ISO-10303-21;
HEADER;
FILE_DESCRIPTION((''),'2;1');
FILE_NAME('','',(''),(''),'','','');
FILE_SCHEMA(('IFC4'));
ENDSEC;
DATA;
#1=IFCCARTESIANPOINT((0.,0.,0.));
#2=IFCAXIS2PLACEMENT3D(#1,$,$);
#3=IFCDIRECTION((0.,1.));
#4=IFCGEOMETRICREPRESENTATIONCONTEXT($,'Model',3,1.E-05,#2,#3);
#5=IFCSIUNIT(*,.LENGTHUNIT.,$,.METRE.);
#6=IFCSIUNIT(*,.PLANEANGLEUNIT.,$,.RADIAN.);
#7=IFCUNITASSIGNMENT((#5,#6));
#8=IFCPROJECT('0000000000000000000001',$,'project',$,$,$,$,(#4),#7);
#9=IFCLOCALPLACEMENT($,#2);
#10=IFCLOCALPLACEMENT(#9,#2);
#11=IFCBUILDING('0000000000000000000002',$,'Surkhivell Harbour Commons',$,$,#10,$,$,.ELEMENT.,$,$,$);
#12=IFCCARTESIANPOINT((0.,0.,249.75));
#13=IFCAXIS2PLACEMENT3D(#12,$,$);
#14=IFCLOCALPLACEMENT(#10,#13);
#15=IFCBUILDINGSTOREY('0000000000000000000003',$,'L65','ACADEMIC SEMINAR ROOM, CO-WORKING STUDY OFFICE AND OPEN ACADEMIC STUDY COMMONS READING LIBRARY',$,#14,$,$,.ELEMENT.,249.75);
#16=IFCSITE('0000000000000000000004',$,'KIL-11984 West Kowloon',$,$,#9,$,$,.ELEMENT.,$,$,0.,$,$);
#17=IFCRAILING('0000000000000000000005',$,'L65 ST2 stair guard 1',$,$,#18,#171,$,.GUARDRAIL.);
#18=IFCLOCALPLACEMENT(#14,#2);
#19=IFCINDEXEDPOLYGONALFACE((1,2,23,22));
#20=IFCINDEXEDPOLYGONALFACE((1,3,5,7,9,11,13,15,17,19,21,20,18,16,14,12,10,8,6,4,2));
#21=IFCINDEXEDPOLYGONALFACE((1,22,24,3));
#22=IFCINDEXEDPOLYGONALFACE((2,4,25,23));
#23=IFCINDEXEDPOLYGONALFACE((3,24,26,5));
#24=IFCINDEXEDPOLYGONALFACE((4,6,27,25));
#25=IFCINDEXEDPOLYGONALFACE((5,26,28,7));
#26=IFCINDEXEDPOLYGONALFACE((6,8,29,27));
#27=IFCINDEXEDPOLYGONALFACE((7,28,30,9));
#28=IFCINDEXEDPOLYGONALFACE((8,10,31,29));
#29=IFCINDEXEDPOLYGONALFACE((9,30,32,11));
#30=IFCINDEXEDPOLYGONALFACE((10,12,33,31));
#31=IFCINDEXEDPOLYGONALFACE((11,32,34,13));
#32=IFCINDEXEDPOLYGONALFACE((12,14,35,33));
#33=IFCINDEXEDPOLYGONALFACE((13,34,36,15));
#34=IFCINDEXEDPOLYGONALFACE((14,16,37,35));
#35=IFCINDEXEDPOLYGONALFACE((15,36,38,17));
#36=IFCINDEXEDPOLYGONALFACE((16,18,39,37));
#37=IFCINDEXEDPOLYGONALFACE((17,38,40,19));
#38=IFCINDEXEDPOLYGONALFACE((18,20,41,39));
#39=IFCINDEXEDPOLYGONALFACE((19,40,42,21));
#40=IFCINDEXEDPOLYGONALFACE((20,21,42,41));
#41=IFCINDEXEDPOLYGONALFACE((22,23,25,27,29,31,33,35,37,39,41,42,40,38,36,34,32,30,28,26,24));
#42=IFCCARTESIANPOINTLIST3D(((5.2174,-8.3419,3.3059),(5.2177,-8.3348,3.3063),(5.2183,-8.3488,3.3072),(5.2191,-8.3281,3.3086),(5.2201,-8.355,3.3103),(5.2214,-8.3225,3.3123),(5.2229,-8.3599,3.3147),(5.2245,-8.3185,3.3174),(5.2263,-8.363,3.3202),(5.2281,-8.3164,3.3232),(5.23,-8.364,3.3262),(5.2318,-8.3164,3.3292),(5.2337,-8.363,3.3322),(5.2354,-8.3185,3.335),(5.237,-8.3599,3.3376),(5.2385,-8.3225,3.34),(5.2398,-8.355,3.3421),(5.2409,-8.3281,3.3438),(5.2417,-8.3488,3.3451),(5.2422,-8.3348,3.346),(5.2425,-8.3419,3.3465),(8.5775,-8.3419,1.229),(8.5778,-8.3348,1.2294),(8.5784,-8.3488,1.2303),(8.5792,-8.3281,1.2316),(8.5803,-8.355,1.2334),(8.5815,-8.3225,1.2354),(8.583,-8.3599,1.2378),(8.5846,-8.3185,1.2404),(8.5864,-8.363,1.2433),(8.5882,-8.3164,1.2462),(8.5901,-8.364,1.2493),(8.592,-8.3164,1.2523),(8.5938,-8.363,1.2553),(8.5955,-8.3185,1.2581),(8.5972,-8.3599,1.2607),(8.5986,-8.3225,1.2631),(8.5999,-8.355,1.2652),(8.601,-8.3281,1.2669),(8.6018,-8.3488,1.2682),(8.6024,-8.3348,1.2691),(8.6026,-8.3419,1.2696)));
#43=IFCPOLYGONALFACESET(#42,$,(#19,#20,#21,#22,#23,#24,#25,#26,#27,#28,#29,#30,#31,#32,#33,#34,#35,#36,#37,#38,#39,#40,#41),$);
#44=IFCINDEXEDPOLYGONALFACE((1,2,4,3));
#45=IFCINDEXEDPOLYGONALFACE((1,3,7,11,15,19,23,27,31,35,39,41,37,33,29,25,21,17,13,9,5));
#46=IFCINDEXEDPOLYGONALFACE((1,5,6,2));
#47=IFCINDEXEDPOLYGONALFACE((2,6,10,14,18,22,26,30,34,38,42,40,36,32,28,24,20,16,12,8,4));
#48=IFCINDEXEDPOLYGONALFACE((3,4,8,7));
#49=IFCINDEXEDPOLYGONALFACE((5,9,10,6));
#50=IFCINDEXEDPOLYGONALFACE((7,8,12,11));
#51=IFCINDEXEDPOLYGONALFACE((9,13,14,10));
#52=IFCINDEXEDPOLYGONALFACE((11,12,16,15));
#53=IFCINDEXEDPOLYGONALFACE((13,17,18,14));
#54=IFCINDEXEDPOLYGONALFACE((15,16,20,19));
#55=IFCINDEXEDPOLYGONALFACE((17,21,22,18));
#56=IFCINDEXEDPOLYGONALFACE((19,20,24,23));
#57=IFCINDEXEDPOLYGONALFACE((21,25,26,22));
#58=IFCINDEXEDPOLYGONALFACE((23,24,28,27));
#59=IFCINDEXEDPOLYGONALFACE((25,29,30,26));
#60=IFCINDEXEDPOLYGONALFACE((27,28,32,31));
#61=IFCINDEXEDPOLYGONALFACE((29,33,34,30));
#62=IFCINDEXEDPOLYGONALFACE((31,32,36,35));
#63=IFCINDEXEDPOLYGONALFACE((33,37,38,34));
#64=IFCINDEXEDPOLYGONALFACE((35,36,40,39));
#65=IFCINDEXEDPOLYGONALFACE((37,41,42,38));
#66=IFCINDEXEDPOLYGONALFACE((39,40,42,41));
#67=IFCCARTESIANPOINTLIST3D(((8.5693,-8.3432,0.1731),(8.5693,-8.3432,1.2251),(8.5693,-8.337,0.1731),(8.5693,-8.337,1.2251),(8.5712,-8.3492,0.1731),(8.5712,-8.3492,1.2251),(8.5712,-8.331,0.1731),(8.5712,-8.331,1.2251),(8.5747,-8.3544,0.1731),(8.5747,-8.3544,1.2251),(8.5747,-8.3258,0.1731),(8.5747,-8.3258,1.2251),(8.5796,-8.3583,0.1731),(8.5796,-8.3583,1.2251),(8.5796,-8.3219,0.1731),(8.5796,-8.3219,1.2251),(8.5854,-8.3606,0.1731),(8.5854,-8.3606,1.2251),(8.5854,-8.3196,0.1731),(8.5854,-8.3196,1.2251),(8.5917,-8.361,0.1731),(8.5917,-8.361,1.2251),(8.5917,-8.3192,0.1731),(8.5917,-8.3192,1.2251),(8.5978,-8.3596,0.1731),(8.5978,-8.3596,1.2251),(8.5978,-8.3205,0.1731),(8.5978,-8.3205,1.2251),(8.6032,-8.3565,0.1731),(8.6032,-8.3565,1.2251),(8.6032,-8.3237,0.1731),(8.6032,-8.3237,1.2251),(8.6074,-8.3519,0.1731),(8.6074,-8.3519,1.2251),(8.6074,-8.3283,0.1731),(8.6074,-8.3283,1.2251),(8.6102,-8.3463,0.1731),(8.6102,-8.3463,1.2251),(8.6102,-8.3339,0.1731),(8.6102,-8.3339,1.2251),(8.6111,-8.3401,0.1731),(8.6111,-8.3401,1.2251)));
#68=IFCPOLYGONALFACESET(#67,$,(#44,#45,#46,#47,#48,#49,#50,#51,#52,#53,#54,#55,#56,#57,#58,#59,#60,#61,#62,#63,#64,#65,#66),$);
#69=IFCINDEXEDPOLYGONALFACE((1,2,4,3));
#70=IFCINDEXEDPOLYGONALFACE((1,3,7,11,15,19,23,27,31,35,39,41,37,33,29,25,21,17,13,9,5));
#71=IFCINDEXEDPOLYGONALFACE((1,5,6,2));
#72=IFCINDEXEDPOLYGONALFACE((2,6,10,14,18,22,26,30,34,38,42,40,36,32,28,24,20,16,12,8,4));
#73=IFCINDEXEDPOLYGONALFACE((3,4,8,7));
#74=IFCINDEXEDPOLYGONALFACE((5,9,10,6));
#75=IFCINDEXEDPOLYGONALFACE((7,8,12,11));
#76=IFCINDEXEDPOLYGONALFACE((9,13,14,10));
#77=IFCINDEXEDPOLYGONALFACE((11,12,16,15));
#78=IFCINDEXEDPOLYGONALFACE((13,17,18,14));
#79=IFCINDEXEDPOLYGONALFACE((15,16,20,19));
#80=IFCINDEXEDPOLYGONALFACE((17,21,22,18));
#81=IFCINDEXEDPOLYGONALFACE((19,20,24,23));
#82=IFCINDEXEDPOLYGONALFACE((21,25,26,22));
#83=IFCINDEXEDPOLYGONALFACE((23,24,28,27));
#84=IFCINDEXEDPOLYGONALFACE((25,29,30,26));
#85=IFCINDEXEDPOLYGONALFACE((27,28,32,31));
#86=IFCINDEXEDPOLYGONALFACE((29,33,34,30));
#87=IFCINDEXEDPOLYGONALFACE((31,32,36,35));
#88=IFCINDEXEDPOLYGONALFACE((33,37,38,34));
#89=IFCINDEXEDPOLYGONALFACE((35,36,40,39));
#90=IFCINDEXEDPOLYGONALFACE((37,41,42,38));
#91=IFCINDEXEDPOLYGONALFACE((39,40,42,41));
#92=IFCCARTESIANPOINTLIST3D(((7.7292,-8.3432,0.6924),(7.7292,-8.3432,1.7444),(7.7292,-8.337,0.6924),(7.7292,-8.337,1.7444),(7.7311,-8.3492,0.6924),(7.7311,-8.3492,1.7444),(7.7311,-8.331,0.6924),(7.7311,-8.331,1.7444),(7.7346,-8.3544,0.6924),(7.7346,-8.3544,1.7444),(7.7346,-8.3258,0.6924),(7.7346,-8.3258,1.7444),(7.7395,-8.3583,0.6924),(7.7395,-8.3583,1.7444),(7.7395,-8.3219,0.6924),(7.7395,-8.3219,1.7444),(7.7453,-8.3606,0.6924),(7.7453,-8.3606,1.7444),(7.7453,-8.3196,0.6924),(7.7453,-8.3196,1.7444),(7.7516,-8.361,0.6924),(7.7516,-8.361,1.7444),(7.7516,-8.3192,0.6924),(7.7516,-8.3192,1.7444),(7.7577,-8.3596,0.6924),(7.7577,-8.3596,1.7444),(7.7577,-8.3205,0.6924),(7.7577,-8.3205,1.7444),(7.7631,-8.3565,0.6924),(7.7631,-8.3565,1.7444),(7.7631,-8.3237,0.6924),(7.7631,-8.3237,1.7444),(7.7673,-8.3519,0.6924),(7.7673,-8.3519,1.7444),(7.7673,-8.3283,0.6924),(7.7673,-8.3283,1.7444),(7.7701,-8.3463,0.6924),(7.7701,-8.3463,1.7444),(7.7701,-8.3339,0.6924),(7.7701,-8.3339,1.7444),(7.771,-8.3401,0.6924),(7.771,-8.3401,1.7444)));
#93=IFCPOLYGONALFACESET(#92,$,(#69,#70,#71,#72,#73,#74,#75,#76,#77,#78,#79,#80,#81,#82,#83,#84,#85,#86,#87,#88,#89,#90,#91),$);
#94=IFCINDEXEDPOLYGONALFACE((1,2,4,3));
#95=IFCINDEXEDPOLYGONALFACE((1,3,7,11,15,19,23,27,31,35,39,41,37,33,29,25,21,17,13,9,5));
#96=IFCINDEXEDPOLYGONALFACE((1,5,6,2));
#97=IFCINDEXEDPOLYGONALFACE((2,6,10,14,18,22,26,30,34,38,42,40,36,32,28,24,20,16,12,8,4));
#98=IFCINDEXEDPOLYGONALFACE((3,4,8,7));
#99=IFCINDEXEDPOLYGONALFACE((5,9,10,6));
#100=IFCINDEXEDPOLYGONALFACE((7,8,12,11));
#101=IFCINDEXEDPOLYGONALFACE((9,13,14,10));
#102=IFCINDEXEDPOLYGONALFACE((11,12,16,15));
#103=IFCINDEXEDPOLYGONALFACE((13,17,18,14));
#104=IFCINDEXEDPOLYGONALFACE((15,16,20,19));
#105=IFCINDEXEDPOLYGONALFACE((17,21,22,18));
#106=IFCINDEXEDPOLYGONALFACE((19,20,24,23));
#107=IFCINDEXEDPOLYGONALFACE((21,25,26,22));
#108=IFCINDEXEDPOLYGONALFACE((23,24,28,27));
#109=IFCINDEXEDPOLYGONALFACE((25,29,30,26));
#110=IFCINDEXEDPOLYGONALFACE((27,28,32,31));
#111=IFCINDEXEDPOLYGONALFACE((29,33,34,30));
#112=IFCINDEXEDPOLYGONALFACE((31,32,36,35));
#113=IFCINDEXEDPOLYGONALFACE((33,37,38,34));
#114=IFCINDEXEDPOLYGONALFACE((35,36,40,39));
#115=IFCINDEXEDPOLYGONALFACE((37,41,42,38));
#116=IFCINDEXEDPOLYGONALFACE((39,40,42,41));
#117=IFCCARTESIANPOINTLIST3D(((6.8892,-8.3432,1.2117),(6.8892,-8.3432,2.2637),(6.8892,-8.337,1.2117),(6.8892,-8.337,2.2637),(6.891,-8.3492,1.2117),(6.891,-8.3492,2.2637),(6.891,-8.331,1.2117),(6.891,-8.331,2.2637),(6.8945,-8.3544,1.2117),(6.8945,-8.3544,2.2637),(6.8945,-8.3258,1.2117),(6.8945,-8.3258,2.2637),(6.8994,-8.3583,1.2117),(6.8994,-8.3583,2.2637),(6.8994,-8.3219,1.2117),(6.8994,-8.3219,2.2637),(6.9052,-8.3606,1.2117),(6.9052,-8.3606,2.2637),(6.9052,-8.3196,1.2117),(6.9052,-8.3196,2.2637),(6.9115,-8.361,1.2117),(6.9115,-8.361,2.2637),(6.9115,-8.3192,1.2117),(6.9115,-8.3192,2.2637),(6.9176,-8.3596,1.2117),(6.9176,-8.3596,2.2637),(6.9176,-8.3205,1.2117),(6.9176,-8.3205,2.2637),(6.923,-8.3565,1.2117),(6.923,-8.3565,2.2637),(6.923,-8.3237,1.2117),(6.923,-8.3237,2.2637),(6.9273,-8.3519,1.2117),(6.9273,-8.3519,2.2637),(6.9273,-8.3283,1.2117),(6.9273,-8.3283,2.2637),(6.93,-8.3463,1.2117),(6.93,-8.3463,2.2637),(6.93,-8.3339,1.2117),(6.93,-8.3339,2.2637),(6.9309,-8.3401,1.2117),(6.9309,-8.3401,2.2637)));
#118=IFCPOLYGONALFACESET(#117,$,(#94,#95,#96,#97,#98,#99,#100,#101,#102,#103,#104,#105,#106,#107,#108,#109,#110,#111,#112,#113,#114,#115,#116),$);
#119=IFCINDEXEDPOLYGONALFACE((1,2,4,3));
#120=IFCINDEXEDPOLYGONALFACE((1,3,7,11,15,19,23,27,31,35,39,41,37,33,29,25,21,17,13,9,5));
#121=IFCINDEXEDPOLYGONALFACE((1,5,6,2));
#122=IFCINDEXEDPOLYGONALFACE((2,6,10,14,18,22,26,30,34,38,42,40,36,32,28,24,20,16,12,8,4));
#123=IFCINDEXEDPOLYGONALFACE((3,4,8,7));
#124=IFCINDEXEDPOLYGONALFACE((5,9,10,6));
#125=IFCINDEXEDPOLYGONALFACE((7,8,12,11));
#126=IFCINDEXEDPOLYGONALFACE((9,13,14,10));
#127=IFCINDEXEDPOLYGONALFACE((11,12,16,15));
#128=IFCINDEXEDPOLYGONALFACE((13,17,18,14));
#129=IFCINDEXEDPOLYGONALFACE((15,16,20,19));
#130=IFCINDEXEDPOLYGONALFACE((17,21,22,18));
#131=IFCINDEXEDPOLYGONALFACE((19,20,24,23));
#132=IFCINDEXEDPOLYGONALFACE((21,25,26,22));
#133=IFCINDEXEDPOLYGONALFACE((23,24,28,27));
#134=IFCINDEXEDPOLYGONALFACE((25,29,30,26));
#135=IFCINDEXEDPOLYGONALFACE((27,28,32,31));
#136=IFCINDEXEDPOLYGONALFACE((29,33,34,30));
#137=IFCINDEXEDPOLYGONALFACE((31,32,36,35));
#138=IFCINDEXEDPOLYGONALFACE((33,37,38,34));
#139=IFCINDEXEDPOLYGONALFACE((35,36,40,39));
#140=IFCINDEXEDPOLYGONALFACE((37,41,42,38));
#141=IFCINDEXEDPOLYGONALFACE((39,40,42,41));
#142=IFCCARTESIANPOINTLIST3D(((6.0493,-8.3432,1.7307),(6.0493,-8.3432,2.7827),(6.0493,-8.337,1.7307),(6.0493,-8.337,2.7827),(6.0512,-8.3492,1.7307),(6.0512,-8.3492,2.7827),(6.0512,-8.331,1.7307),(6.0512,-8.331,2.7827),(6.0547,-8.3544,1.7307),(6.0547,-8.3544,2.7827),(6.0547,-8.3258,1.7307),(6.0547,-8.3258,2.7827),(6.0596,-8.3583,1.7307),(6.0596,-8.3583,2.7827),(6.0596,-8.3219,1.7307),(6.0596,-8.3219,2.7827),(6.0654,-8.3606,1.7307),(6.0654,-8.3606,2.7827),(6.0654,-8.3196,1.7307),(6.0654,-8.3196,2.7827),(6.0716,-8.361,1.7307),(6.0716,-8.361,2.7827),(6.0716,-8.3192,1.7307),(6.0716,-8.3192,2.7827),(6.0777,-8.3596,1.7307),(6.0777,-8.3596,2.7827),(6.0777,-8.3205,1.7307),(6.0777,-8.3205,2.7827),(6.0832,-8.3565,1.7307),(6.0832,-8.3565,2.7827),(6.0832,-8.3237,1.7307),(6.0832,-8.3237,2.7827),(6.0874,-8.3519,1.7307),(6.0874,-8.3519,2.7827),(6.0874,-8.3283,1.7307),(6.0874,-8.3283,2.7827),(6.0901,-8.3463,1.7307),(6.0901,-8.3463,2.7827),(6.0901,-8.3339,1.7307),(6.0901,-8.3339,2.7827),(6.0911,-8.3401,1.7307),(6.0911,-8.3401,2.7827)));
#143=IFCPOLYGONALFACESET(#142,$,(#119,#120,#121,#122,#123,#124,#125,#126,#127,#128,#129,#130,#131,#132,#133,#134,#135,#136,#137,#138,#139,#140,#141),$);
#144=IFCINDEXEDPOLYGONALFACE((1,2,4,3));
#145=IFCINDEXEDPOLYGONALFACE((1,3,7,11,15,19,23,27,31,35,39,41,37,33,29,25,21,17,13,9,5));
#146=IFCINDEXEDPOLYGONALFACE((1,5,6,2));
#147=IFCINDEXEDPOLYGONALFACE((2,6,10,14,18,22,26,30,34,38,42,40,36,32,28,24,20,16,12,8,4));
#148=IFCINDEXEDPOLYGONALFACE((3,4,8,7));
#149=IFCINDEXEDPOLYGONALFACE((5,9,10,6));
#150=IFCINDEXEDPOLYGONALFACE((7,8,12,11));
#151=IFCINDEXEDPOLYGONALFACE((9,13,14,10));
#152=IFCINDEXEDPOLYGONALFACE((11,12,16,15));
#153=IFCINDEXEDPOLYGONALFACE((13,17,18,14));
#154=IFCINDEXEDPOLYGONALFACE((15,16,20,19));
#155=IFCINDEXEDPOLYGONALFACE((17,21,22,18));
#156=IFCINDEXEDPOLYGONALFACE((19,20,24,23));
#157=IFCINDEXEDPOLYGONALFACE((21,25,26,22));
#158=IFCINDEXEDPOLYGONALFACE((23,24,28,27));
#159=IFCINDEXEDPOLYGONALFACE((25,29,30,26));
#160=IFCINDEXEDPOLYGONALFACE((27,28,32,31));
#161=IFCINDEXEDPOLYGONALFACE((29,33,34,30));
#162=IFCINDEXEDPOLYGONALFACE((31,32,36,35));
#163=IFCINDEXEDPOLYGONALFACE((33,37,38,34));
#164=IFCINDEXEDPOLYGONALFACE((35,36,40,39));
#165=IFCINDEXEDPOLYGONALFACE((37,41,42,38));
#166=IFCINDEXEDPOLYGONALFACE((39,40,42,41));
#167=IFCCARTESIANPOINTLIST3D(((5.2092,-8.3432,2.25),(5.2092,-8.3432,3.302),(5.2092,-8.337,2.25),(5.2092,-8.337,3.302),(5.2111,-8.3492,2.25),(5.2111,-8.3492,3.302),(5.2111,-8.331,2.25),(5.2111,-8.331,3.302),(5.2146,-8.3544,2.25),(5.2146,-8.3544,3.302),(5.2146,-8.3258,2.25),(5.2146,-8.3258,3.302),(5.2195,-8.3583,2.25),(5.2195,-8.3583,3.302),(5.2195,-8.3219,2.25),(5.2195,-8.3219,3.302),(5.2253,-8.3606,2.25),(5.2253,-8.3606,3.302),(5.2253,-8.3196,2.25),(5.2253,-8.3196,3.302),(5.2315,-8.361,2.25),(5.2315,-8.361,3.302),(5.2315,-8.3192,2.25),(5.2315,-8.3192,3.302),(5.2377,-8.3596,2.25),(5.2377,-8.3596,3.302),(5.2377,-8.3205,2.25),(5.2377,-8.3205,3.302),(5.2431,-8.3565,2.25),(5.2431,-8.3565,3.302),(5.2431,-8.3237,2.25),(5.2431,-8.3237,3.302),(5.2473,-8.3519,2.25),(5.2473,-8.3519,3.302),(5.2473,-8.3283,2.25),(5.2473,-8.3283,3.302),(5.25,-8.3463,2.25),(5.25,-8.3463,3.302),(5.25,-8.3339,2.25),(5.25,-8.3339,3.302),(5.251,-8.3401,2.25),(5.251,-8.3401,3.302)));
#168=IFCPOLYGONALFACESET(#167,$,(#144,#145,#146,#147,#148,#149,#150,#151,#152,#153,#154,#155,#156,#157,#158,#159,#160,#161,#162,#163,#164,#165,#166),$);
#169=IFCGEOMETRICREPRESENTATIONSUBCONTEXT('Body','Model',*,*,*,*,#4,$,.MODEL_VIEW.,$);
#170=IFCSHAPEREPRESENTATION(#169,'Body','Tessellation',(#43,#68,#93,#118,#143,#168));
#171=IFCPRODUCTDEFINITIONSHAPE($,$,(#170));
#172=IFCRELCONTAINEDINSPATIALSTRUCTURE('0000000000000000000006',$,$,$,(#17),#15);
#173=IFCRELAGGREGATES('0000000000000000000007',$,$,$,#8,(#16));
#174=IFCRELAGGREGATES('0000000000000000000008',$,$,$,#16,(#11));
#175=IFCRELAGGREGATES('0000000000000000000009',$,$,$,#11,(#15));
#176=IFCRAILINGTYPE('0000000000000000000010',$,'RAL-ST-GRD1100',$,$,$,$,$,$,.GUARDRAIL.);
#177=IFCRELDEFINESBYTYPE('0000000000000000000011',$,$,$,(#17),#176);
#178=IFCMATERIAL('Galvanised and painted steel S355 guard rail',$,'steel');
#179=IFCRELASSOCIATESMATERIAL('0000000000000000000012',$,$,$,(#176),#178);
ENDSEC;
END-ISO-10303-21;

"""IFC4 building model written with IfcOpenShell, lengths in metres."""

from ifc_helpers import new_model, si_unit, direction, frame, origin, origin_2d, place, context, subcontext, project, spatial, circle, extrude, material, type_object, element, save


model = new_model("IFC4")

# Units and contexts
model_context = context("Model", 3, precision=1e-05, world=origin(), true_north=direction((0.0, 1.0)))
body_context = subcontext(model_context, "Body", "Model", "MODEL_VIEW")
ifc_project = project(units=[si_unit("LENGTHUNIT", "METRE"), si_unit("PLANEANGLEUNIT", "RADIAN")], contexts=[model_context])

# Site, building, storey
site_placement = place(None, origin())
site = spatial("IfcSite", under=ifc_project, at=site_placement, Name="KIL-11984 West Kowloon", CompositionType="ELEMENT", RefElevation=0.0)
building_placement = place(site_placement, origin())
building = spatial("IfcBuilding", under=site, at=building_placement, Name="Surkhivell Harbour Commons", CompositionType="ELEMENT")
storey_placement = place(building_placement, frame((0.0, 0.0, 249.75)))
storey = spatial("IfcBuildingStorey", under=building, at=storey_placement, Name="L65", Description="ACADEMIC SEMINAR ROOM, CO-WORKING STUDY OFFICE AND OPEN ACADEMIC STUDY COMMONS READING LIBRARY", CompositionType="ELEMENT", Elevation=249.75)

# Railing
ifc_material_1 = material(Name="Galvanised and painted steel S355 guard rail", Category="steel")
railing_type_1 = type_object("IfcRailingType", Name="RAL-ST-GRD1100", PredefinedType="GUARDRAIL", material=ifc_material_1)
railing_1_placement = place(storey_placement, frame((8.5901, -8.3401, 0.1731)))
element("IfcRailing", 1, at=railing_1_placement, inside=storey, type_object=railing_type_1, Name="L65 ST2 stair guard 1", PredefinedType="GUARDRAIL", context=body_context, shape_type="SweptSolid", body=[
    extrude(circle(Radius=0.0239, at=origin_2d()), frame((0.0, 0.0, 1.0762), z_axis=(-0.850623, 0.0, 0.525776), x_axis=(0.0, -1.0, 0.0)), (0.0, 0.0, 1.0), 3.9502),
    extrude(circle(Radius=0.021, at=origin_2d()), origin(), (0.0, 0.0, 1.0), 1.052),
    extrude(circle(Radius=0.021, at=origin_2d()), frame((-0.8401, 0.0, 0.5193)), (0.0, 0.0, 1.0), 1.052),
    extrude(circle(Radius=0.021, at=origin_2d()), frame((-1.6802, 0.0, 1.0386)), (0.0, 0.0, 1.0), 1.052),
    extrude(circle(Radius=0.021, at=origin_2d()), frame((-2.52, 0.0, 1.5576)), (0.0, 0.0, 1.0), 1.052),
    extrude(circle(Radius=0.021, at=origin_2d()), frame((-3.3601, 0.0, 2.0769)), (0.0, 0.0, 1.0), 1.052),
])

save(model, "model.ifc")
